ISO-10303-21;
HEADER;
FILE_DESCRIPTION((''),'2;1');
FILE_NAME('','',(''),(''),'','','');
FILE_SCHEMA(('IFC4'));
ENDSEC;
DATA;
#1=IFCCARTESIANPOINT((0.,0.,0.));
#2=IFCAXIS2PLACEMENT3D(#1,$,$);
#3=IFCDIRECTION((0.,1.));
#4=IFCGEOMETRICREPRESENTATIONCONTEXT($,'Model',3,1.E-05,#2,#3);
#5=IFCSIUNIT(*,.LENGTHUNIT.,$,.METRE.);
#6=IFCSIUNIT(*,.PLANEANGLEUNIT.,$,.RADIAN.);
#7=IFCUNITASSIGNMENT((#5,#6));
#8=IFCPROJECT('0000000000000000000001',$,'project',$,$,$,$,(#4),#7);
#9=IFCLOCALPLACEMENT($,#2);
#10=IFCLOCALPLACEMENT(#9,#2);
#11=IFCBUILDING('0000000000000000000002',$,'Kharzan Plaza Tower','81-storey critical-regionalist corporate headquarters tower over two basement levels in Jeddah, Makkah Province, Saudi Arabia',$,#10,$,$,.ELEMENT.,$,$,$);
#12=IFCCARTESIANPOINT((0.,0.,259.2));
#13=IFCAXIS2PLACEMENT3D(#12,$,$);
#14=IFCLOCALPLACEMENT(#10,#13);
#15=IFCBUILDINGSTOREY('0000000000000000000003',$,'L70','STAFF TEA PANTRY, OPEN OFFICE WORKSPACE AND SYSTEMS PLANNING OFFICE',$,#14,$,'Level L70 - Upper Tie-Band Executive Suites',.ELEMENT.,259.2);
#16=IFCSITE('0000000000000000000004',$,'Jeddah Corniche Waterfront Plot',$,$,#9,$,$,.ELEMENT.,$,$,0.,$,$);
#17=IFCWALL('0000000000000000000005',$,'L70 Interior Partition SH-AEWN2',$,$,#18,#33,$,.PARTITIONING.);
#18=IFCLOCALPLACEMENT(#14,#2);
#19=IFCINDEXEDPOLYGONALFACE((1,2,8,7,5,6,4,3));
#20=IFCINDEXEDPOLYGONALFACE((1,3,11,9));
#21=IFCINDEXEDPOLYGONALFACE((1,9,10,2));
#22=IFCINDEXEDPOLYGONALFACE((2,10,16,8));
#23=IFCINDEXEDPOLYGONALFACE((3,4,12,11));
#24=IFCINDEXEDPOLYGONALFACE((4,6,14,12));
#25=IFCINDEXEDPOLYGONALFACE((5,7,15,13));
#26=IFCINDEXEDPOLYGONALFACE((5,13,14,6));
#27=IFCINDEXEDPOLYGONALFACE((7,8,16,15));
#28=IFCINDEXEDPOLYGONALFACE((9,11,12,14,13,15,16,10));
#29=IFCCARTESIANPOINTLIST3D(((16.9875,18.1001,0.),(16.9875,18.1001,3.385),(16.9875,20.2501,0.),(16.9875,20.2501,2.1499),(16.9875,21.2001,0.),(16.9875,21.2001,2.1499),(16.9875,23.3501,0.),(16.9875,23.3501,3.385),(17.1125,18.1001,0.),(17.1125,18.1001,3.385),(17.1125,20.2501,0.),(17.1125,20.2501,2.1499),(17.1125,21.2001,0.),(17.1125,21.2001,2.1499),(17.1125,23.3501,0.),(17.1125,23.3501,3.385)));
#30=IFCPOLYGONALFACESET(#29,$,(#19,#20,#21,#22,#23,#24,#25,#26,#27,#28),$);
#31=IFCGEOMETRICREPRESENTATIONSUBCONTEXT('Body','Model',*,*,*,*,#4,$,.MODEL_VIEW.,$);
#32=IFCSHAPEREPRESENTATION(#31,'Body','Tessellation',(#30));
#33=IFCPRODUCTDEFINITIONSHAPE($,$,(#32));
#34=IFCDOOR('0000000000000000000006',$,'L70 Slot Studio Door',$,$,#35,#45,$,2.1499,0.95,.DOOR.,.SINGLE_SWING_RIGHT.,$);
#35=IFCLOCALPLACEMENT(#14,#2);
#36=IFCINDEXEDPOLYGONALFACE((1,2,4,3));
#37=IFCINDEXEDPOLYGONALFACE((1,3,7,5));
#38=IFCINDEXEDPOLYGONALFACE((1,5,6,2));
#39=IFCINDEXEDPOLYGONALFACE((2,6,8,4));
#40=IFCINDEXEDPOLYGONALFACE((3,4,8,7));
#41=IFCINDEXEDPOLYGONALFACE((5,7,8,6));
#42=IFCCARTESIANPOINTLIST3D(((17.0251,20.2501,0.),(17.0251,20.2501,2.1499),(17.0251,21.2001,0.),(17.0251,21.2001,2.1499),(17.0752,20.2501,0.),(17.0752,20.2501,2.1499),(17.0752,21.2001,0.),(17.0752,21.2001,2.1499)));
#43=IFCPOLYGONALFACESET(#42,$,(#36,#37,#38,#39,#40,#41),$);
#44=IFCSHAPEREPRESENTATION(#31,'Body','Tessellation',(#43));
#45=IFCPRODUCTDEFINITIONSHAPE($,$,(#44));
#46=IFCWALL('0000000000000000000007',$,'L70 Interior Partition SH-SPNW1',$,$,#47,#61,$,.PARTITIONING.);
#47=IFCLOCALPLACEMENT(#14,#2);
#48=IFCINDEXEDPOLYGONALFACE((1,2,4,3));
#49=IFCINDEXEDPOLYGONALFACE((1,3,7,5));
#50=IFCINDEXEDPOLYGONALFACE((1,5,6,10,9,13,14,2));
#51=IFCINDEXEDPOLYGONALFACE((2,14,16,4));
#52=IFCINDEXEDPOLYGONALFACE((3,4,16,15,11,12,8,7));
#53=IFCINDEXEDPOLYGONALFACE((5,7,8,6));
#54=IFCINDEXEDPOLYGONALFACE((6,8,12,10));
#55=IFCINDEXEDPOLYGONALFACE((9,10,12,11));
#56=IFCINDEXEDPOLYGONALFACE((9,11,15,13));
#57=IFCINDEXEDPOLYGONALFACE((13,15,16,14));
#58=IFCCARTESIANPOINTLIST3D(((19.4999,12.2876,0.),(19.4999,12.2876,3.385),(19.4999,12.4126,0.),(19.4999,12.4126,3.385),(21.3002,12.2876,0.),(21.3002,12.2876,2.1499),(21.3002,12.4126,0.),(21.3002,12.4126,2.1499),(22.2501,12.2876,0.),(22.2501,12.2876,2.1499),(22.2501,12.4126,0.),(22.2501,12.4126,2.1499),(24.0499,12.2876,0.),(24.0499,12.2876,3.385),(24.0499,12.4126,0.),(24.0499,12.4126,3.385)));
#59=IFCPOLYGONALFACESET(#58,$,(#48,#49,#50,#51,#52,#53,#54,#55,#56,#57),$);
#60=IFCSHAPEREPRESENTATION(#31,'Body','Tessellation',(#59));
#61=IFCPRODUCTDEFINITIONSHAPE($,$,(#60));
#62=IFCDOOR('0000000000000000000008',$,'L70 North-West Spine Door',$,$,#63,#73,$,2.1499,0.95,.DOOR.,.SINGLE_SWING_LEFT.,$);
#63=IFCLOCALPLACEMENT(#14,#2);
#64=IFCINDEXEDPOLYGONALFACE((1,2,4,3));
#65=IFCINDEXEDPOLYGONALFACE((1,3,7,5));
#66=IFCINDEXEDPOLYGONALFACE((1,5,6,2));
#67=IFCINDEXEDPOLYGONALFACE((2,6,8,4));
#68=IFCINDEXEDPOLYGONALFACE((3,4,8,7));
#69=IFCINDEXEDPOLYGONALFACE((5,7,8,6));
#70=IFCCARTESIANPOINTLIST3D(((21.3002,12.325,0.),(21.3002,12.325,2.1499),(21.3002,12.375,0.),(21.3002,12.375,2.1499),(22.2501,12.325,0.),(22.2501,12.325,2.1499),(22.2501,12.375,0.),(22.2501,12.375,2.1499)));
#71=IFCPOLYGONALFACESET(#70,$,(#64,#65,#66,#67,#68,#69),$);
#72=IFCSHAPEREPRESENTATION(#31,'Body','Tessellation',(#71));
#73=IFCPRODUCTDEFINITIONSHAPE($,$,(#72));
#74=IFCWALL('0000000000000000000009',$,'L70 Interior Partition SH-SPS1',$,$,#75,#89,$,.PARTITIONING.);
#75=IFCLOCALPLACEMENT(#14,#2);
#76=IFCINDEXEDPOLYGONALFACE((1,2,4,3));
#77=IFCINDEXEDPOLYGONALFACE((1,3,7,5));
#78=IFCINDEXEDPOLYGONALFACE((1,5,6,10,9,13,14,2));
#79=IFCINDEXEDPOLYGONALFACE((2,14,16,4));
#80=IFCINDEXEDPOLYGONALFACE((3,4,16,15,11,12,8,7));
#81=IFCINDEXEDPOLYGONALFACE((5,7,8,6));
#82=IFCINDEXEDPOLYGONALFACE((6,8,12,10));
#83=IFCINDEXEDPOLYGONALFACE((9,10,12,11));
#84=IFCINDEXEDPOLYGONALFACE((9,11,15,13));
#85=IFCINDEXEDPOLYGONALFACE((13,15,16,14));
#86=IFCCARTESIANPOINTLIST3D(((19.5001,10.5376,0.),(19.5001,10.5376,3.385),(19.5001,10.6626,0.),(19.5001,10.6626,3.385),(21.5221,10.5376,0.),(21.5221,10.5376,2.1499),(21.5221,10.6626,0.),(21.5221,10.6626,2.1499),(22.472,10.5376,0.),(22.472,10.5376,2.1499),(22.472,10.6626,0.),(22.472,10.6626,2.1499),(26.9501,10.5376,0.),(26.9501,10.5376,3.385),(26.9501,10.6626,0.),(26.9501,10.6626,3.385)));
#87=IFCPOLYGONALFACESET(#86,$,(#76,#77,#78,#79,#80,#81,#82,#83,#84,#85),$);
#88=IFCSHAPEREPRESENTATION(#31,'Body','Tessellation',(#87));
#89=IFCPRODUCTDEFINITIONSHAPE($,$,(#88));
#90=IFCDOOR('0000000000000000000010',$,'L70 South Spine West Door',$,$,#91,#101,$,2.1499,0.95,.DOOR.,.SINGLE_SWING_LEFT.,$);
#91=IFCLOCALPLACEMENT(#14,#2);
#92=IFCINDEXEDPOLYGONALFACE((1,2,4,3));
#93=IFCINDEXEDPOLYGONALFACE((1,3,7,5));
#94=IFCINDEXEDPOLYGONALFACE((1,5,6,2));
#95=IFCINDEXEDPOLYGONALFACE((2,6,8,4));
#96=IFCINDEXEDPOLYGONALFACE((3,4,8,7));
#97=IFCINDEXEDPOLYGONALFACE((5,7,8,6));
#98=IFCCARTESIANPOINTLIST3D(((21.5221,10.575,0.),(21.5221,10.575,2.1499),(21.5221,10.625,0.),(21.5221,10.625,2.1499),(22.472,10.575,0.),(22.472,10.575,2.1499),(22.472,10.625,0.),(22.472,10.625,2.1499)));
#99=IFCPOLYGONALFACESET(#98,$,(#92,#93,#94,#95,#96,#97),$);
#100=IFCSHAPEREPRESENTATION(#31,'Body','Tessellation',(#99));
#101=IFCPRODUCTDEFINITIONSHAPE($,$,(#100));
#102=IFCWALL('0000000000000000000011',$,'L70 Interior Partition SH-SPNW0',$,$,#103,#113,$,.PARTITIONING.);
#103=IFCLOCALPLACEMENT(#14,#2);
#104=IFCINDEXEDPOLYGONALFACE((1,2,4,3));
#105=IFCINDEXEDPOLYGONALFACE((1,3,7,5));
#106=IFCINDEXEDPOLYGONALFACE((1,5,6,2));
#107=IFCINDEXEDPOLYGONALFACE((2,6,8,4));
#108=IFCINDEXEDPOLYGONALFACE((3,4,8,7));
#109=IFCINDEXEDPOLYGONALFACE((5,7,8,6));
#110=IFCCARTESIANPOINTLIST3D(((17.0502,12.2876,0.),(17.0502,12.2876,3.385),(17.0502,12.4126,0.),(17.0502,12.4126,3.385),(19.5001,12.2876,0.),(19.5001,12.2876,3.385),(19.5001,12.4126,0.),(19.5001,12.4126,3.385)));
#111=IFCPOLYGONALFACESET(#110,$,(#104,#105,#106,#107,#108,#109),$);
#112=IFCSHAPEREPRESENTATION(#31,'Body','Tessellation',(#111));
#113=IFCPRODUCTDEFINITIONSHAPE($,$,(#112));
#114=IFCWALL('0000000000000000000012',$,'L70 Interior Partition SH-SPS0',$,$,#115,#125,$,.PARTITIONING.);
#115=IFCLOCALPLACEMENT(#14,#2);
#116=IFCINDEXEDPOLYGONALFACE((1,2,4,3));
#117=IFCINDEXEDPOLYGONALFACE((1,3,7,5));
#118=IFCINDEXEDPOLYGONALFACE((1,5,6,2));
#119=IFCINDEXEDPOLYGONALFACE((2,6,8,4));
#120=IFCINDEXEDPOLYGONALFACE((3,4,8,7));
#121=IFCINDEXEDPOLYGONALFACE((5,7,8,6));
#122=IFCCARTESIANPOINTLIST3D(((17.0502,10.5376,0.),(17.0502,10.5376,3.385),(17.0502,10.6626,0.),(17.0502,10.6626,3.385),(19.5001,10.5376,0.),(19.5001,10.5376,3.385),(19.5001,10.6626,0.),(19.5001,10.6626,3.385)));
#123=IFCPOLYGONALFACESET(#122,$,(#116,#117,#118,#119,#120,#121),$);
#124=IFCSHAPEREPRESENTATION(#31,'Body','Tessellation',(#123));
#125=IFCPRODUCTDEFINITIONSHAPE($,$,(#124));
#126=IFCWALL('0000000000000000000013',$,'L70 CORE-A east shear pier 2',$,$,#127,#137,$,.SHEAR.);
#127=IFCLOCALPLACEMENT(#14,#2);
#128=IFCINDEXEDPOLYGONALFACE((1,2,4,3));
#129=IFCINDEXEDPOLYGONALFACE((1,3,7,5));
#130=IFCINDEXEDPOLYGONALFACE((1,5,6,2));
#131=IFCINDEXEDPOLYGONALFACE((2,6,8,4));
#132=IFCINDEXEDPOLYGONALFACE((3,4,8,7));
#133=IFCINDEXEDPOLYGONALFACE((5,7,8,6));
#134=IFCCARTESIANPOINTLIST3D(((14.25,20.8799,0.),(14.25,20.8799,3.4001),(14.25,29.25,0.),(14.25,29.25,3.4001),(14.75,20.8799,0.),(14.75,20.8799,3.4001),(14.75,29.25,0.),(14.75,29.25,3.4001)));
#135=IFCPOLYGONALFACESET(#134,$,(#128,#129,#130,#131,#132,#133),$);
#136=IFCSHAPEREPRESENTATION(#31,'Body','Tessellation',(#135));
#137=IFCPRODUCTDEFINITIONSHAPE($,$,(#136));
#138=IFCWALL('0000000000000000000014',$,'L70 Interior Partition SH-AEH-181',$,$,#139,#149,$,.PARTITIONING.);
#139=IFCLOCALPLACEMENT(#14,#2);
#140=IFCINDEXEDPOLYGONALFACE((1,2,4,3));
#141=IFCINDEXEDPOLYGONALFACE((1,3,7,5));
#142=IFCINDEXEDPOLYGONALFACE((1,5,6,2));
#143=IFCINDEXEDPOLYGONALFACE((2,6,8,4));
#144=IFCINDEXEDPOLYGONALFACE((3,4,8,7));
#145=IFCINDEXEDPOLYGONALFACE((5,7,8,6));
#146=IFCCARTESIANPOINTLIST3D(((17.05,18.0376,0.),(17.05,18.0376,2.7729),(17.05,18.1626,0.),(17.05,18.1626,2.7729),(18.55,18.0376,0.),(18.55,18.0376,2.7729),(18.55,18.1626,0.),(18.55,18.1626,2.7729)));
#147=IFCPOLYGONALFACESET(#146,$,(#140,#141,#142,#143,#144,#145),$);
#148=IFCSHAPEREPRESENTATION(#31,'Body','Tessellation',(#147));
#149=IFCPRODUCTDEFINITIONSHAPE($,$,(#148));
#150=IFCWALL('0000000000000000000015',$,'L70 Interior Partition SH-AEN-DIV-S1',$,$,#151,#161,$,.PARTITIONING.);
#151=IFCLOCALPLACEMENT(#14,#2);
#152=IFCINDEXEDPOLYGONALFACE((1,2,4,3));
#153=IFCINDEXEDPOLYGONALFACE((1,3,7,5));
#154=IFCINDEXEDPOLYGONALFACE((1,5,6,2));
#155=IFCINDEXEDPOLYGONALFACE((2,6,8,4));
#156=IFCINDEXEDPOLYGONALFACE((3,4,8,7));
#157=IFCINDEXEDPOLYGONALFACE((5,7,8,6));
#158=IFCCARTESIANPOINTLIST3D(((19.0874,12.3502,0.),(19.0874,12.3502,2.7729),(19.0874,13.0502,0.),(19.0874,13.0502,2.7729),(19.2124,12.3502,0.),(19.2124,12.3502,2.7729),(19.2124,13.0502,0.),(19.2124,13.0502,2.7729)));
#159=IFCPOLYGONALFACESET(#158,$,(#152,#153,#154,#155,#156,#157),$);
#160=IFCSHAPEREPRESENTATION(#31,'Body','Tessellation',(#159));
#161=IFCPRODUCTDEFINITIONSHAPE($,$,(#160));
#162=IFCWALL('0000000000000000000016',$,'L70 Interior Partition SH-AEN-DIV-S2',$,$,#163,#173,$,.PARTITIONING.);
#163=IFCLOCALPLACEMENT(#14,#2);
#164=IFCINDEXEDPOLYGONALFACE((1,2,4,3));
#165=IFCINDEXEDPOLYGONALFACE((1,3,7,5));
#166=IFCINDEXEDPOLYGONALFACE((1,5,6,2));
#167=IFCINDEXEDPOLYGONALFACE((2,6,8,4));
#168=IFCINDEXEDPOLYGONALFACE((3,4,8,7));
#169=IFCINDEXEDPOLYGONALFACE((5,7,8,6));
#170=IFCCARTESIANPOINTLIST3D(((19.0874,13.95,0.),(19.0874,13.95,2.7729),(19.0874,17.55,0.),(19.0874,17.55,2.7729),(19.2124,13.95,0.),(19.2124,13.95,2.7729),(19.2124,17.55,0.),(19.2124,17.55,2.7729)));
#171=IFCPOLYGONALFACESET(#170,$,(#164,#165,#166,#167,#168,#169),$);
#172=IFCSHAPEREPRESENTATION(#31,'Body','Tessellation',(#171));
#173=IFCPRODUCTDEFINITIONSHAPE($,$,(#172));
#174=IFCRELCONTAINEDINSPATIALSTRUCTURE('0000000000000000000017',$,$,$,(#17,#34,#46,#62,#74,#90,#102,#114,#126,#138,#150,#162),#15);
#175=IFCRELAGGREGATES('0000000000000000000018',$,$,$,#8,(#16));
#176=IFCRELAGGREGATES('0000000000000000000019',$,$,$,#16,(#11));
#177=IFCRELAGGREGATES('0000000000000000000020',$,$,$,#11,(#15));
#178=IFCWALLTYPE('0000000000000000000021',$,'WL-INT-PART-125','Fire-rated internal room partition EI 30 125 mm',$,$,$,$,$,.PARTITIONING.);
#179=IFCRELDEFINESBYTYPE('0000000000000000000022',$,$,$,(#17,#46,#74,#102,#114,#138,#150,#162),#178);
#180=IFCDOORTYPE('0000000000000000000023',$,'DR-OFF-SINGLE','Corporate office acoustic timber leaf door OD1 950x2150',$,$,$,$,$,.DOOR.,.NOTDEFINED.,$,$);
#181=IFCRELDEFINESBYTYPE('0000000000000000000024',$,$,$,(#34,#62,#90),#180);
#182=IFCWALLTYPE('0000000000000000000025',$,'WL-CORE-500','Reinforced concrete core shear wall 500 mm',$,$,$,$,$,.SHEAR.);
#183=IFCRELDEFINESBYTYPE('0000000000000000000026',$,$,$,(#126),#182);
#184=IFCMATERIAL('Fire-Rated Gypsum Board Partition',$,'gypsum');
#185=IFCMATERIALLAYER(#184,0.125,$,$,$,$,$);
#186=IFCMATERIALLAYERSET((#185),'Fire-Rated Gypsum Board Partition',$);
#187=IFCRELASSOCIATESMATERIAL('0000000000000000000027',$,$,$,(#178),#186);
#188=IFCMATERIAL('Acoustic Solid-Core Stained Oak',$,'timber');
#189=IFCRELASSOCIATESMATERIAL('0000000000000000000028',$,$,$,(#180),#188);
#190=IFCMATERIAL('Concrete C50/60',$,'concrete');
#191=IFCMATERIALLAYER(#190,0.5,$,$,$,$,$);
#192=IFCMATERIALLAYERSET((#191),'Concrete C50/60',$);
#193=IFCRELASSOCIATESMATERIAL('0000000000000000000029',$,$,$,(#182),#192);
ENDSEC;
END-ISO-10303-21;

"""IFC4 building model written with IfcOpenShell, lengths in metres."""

from ifc_helpers import new_model, si_unit, direction, frame, frame_2d, origin, place, context, subcontext, project, spatial, rectangle, extrude, source, transform, mapped, material, layer, layer_set, type_object, element, fill, save


model = new_model("IFC4")

# Units and contexts
model_context = context("Model", 3, precision=1e-05, world=origin(), true_north=direction((0.0, 1.0)))
body_context = subcontext(model_context, "Body", "Model", "MODEL_VIEW")
ifc_project = project(units=[si_unit("LENGTHUNIT", "METRE"), si_unit("PLANEANGLEUNIT", "RADIAN")], contexts=[model_context])

# Site, building, storey
site_placement = place(None, origin())
site = spatial("IfcSite", under=ifc_project, at=site_placement, Name="Jeddah Corniche Waterfront Plot", CompositionType="ELEMENT", RefElevation=0.0)
building_placement = place(site_placement, origin())
building = spatial("IfcBuilding", under=site, at=building_placement, Name="Kharzan Plaza Tower", Description="81-storey critical-regionalist corporate headquarters tower over two basement levels in Jeddah, Makkah Province, Saudi Arabia", CompositionType="ELEMENT")
storey_placement = place(building_placement, frame((0.0, 0.0, 259.2)))
storey = spatial("IfcBuildingStorey", under=building, at=storey_placement, Name="L70", Description="STAFF TEA PANTRY, OPEN OFFICE WORKSPACE AND SYSTEMS PLANNING OFFICE", LongName="Level L70 - Upper Tie-Band Executive Suites", CompositionType="ELEMENT", Elevation=259.2)

# Shared definitions
ifc_material_1 = material(Name="Concrete C50/60", Category="concrete")

# Walls, openings, doors
ifc_material_2 = material(Name="Fire-Rated Gypsum Board Partition", Category="gypsum")
ifc_layer_1 = layer(ifc_material_2, 0.125)
ifc_layer_set_1 = layer_set([ifc_layer_1], Name="Fire-Rated Gypsum Board Partition")
wall_type_1 = type_object("IfcWallType", Name="WL-INT-PART-125", Description="Fire-rated internal room partition EI 30 125 mm", PredefinedType="PARTITIONING", material=ifc_layer_set_1)
ifc_material_3 = material(Name="Acoustic Solid-Core Stained Oak", Category="timber")
door_type = type_object("IfcDoorType", Name="DR-OFF-SINGLE", Description="Corporate office acoustic timber leaf door OD1 950x2150", OperationType="NOTDEFINED", PredefinedType="DOOR", material=ifc_material_3)
shared_shape_1 = source(origin(), body_context, "Body", "SweptSolid", [
    extrude(rectangle(XDim=0.95, YDim=2.1499, at=frame_2d((0.4751, 1.075))), frame((0.0, 0.0249, 0.0), z_axis=(0.0, -1.0, 0.0), x_axis=(1.0, 0.0, 0.0)), (0.0, 0.0, 1.0), 0.05),
])
wall_1_placement = place(storey_placement, frame((17.05, 18.1001, 0.0), z_axis=(0.0, 0.0, 1.0), x_axis=(0.0, 1.0, 0.0)))
wall_1 = element("IfcWall", 1, at=wall_1_placement, inside=storey, type_object=wall_type_1, Name="L70 Interior Partition SH-AEWN2", PredefinedType="PARTITIONING", context=body_context, shape_type="SweptSolid", body=[
    extrude(rectangle(XDim=5.25, YDim=0.125, at=frame_2d((2.625, 0.0))), origin(), (0.0, 0.0, 1.0), 3.385),
])
opening_1_placement = place(wall_1_placement, frame((2.1499, 0.0, 0.0)))
opening_1 = element("IfcOpeningElement", 2, at=opening_1_placement, cuts=wall_1, PredefinedType="OPENING", context=body_context, shape_type="SweptSolid", body=[
    extrude(rectangle(XDim=0.95, YDim=2.1499, at=frame_2d((0.4751, 1.075))), frame((0.0, 0.0725, 0.0), z_axis=(0.0, -1.0, 0.0), x_axis=(1.0, 0.0, 0.0)), (0.0, 0.0, 1.0), 0.145),
])
door_1_placement = place(opening_1_placement, origin())
door_1 = element("IfcDoor", 3, at=door_1_placement, inside=storey, type_object=door_type, Name="L70 Slot Studio Door", OperationType="SINGLE_SWING_RIGHT", OverallHeight=2.1499, OverallWidth=0.95, PredefinedType="DOOR", context=body_context, shape_type="MappedRepresentation", body=[
    mapped(shared_shape_1, transform((0.0, 0.0, 0.0), x_axis=(1.0, 0.0, 0.0), y_axis=(0.0, 1.0, 0.0), z_axis=(0.0, 0.0, 1.0))),
])
fill(opening_1, door_1)
wall_2_placement = place(storey_placement, frame((19.5, 12.3501, 0.0), z_axis=(0.0, 0.0, 1.0), x_axis=(1.0, 0.0, 0.0)))
wall_2 = element("IfcWall", 4, at=wall_2_placement, inside=storey, type_object=wall_type_1, Name="L70 Interior Partition SH-SPNW1", PredefinedType="PARTITIONING", context=body_context, shape_type="SweptSolid", body=[
    extrude(rectangle(XDim=4.55, YDim=0.125, at=frame_2d((2.2749, 0.0))), origin(), (0.0, 0.0, 1.0), 3.385),
])
opening_2_placement = place(wall_2_placement, frame((1.8, 0.0, 0.0)))
opening_2 = element("IfcOpeningElement", 5, at=opening_2_placement, cuts=wall_2, PredefinedType="OPENING", context=body_context, shape_type="SweptSolid", body=[
    extrude(rectangle(XDim=0.95, YDim=2.1499, at=frame_2d((0.4751, 1.075))), frame((0.0, 0.0725, 0.0), z_axis=(0.0, -1.0, 0.0), x_axis=(1.0, 0.0, 0.0)), (0.0, 0.0, 1.0), 0.145),
])
door_2_placement = place(opening_2_placement, origin())
door_2 = element("IfcDoor", 6, at=door_2_placement, inside=storey, type_object=door_type, Name="L70 North-West Spine Door", OperationType="SINGLE_SWING_LEFT", OverallHeight=2.1499, OverallWidth=0.95, PredefinedType="DOOR", context=body_context, shape_type="MappedRepresentation", body=[
    mapped(shared_shape_1, transform((0.0, 0.0, 0.0), x_axis=(1.0, 0.0, 0.0), y_axis=(0.0, 1.0, 0.0), z_axis=(0.0, 0.0, 1.0))),
])
fill(opening_2, door_2)
wall_3_placement = place(storey_placement, frame((19.5, 10.6001, 0.0), z_axis=(0.0, 0.0, 1.0), x_axis=(1.0, 0.0, 0.0)))
wall_3 = element("IfcWall", 7, at=wall_3_placement, inside=storey, type_object=wall_type_1, Name="L70 Interior Partition SH-SPS1", PredefinedType="PARTITIONING", context=body_context, shape_type="SweptSolid", body=[
    extrude(rectangle(XDim=7.45, YDim=0.125, at=frame_2d((3.7251, 0.0))), origin(), (0.0, 0.0, 1.0), 3.385),
])
opening_3_placement = place(wall_3_placement, frame((2.022, 0.0, 0.0)))
opening_3 = element("IfcOpeningElement", 8, at=opening_3_placement, cuts=wall_3, PredefinedType="OPENING", context=body_context, shape_type="SweptSolid", body=[
    extrude(rectangle(XDim=0.95, YDim=2.1499, at=frame_2d((0.4751, 1.075))), frame((0.0, 0.0725, 0.0), z_axis=(0.0, -1.0, 0.0), x_axis=(1.0, 0.0, 0.0)), (0.0, 0.0, 1.0), 0.145),
])
door_3_placement = place(opening_3_placement, origin())
door_3 = element("IfcDoor", 9, at=door_3_placement, inside=storey, type_object=door_type, Name="L70 South Spine West Door", OperationType="SINGLE_SWING_LEFT", OverallHeight=2.1499, OverallWidth=0.95, PredefinedType="DOOR", context=body_context, shape_type="MappedRepresentation", body=[
    mapped(shared_shape_1, transform((0.0, 0.0, 0.0), x_axis=(1.0, 0.0, 0.0), y_axis=(0.0, 1.0, 0.0), z_axis=(0.0, 0.0, 1.0))),
])
fill(opening_3, door_3)

# Walls
shared_shape_2 = source(origin(), body_context, "Body", "SweptSolid", [
    extrude(rectangle(XDim=2.45, YDim=0.125, at=frame_2d((1.2251, 0.0))), origin(), (0.0, 0.0, 1.0), 3.385),
])
for number, where, z_axis, x_axis, name in (
    (10, (17.05, 12.3501, 0.0), (0.0, 0.0, 1.0), (1.0, 0.0, 0.0), "L70 Interior Partition SH-SPNW0"),
    (11, (17.05, 10.6001, 0.0), (0.0, 0.0, 1.0), (1.0, 0.0, 0.0), "L70 Interior Partition SH-SPS0"),
):
    element("IfcWall", number, at=place(storey_placement, frame(where, z_axis=z_axis, x_axis=x_axis)), inside=storey, type_object=wall_type_1, Name=name, PredefinedType="PARTITIONING", context=body_context, shape_type="MappedRepresentation", body=[
        mapped(shared_shape_2, transform((0.0, 0.0, 0.0), x_axis=(1.0, 0.0, 0.0), y_axis=(0.0, 1.0, 0.0), z_axis=(0.0, 0.0, 1.0))),
    ])
ifc_layer_2 = layer(ifc_material_1, 0.5)
ifc_layer_set_2 = layer_set([ifc_layer_2], Name="Concrete C50/60")
wall_type_2 = type_object("IfcWallType", Name="WL-CORE-500", Description="Reinforced concrete core shear wall 500 mm", PredefinedType="SHEAR", material=ifc_layer_set_2)
shared_shape_3 = source(origin(), body_context, "Body", "SweptSolid", [
    extrude(rectangle(XDim=8.3701, YDim=0.5, at=frame_2d((4.1851, 0.0))), origin(), (0.0, 0.0, 1.0), 3.4001),
])
wall_4_placement = place(storey_placement, frame((14.5, 20.8799, 0.0), z_axis=(0.0, 0.0, 1.0), x_axis=(0.0, 1.0, 0.0)))
element("IfcWall", 12, at=wall_4_placement, inside=storey, type_object=wall_type_2, Name="L70 CORE-A east shear pier 2", PredefinedType="SHEAR", context=body_context, shape_type="MappedRepresentation", body=[
    mapped(shared_shape_3, transform((0.0, 0.0, 0.0), x_axis=(1.0, 0.0, 0.0), y_axis=(0.0, 1.0, 0.0), z_axis=(0.0, 0.0, 1.0))),
])
shared_shape_4 = source(origin(), body_context, "Body", "SweptSolid", [
    extrude(rectangle(XDim=1.5, YDim=0.125, at=frame_2d((0.75, 0.0))), origin(), (0.0, 0.0, 1.0), 2.7729),
])
wall_5_placement = place(storey_placement, frame((17.05, 18.1001, 0.0), z_axis=(0.0, 0.0, 1.0), x_axis=(1.0, 0.0, 0.0)))
element("IfcWall", 13, at=wall_5_placement, inside=storey, type_object=wall_type_1, Name="L70 Interior Partition SH-AEH-181", PredefinedType="PARTITIONING", context=body_context, shape_type="MappedRepresentation", body=[
    mapped(shared_shape_4, transform((0.0, 0.0, 0.0), x_axis=(1.0, 0.0, 0.0), y_axis=(0.0, 1.0, 0.0), z_axis=(0.0, 0.0, 1.0))),
])
shared_shape_5 = source(origin(), body_context, "Body", "SweptSolid", [
    extrude(rectangle(XDim=0.7, YDim=0.125, at=frame_2d((0.3501, 0.0))), origin(), (0.0, 0.0, 1.0), 2.7729),
])
wall_6_placement = place(storey_placement, frame((19.1499, 12.3501, 0.0), z_axis=(0.0, 0.0, 1.0), x_axis=(0.0, 1.0, 0.0)))
element("IfcWall", 14, at=wall_6_placement, inside=storey, type_object=wall_type_1, Name="L70 Interior Partition SH-AEN-DIV-S1", PredefinedType="PARTITIONING", context=body_context, shape_type="MappedRepresentation", body=[
    mapped(shared_shape_5, transform((0.0, 0.0, 0.0), x_axis=(1.0, 0.0, 0.0), y_axis=(0.0, 1.0, 0.0), z_axis=(0.0, 0.0, 1.0))),
])
shared_shape_6 = source(origin(), body_context, "Body", "SweptSolid", [
    extrude(rectangle(XDim=3.6001, YDim=0.125, at=frame_2d((1.8, 0.0))), origin(), (0.0, 0.0, 1.0), 2.7729),
])
for number, where, z_axis, x_axis, name in (
    (15, (19.1499, 13.95, 0.0), (0.0, 0.0, 1.0), (0.0, 1.0, 0.0), "L70 Interior Partition SH-AEN-DIV-S2"),
):
    element("IfcWall", number, at=place(storey_placement, frame(where, z_axis=z_axis, x_axis=x_axis)), inside=storey, type_object=wall_type_1, Name=name, PredefinedType="PARTITIONING", context=body_context, shape_type="MappedRepresentation", body=[
        mapped(shared_shape_6, transform((0.0, 0.0, 0.0), x_axis=(1.0, 0.0, 0.0), y_axis=(0.0, 1.0, 0.0), z_axis=(0.0, 0.0, 1.0))),
    ])

save(model, "model.ifc")
